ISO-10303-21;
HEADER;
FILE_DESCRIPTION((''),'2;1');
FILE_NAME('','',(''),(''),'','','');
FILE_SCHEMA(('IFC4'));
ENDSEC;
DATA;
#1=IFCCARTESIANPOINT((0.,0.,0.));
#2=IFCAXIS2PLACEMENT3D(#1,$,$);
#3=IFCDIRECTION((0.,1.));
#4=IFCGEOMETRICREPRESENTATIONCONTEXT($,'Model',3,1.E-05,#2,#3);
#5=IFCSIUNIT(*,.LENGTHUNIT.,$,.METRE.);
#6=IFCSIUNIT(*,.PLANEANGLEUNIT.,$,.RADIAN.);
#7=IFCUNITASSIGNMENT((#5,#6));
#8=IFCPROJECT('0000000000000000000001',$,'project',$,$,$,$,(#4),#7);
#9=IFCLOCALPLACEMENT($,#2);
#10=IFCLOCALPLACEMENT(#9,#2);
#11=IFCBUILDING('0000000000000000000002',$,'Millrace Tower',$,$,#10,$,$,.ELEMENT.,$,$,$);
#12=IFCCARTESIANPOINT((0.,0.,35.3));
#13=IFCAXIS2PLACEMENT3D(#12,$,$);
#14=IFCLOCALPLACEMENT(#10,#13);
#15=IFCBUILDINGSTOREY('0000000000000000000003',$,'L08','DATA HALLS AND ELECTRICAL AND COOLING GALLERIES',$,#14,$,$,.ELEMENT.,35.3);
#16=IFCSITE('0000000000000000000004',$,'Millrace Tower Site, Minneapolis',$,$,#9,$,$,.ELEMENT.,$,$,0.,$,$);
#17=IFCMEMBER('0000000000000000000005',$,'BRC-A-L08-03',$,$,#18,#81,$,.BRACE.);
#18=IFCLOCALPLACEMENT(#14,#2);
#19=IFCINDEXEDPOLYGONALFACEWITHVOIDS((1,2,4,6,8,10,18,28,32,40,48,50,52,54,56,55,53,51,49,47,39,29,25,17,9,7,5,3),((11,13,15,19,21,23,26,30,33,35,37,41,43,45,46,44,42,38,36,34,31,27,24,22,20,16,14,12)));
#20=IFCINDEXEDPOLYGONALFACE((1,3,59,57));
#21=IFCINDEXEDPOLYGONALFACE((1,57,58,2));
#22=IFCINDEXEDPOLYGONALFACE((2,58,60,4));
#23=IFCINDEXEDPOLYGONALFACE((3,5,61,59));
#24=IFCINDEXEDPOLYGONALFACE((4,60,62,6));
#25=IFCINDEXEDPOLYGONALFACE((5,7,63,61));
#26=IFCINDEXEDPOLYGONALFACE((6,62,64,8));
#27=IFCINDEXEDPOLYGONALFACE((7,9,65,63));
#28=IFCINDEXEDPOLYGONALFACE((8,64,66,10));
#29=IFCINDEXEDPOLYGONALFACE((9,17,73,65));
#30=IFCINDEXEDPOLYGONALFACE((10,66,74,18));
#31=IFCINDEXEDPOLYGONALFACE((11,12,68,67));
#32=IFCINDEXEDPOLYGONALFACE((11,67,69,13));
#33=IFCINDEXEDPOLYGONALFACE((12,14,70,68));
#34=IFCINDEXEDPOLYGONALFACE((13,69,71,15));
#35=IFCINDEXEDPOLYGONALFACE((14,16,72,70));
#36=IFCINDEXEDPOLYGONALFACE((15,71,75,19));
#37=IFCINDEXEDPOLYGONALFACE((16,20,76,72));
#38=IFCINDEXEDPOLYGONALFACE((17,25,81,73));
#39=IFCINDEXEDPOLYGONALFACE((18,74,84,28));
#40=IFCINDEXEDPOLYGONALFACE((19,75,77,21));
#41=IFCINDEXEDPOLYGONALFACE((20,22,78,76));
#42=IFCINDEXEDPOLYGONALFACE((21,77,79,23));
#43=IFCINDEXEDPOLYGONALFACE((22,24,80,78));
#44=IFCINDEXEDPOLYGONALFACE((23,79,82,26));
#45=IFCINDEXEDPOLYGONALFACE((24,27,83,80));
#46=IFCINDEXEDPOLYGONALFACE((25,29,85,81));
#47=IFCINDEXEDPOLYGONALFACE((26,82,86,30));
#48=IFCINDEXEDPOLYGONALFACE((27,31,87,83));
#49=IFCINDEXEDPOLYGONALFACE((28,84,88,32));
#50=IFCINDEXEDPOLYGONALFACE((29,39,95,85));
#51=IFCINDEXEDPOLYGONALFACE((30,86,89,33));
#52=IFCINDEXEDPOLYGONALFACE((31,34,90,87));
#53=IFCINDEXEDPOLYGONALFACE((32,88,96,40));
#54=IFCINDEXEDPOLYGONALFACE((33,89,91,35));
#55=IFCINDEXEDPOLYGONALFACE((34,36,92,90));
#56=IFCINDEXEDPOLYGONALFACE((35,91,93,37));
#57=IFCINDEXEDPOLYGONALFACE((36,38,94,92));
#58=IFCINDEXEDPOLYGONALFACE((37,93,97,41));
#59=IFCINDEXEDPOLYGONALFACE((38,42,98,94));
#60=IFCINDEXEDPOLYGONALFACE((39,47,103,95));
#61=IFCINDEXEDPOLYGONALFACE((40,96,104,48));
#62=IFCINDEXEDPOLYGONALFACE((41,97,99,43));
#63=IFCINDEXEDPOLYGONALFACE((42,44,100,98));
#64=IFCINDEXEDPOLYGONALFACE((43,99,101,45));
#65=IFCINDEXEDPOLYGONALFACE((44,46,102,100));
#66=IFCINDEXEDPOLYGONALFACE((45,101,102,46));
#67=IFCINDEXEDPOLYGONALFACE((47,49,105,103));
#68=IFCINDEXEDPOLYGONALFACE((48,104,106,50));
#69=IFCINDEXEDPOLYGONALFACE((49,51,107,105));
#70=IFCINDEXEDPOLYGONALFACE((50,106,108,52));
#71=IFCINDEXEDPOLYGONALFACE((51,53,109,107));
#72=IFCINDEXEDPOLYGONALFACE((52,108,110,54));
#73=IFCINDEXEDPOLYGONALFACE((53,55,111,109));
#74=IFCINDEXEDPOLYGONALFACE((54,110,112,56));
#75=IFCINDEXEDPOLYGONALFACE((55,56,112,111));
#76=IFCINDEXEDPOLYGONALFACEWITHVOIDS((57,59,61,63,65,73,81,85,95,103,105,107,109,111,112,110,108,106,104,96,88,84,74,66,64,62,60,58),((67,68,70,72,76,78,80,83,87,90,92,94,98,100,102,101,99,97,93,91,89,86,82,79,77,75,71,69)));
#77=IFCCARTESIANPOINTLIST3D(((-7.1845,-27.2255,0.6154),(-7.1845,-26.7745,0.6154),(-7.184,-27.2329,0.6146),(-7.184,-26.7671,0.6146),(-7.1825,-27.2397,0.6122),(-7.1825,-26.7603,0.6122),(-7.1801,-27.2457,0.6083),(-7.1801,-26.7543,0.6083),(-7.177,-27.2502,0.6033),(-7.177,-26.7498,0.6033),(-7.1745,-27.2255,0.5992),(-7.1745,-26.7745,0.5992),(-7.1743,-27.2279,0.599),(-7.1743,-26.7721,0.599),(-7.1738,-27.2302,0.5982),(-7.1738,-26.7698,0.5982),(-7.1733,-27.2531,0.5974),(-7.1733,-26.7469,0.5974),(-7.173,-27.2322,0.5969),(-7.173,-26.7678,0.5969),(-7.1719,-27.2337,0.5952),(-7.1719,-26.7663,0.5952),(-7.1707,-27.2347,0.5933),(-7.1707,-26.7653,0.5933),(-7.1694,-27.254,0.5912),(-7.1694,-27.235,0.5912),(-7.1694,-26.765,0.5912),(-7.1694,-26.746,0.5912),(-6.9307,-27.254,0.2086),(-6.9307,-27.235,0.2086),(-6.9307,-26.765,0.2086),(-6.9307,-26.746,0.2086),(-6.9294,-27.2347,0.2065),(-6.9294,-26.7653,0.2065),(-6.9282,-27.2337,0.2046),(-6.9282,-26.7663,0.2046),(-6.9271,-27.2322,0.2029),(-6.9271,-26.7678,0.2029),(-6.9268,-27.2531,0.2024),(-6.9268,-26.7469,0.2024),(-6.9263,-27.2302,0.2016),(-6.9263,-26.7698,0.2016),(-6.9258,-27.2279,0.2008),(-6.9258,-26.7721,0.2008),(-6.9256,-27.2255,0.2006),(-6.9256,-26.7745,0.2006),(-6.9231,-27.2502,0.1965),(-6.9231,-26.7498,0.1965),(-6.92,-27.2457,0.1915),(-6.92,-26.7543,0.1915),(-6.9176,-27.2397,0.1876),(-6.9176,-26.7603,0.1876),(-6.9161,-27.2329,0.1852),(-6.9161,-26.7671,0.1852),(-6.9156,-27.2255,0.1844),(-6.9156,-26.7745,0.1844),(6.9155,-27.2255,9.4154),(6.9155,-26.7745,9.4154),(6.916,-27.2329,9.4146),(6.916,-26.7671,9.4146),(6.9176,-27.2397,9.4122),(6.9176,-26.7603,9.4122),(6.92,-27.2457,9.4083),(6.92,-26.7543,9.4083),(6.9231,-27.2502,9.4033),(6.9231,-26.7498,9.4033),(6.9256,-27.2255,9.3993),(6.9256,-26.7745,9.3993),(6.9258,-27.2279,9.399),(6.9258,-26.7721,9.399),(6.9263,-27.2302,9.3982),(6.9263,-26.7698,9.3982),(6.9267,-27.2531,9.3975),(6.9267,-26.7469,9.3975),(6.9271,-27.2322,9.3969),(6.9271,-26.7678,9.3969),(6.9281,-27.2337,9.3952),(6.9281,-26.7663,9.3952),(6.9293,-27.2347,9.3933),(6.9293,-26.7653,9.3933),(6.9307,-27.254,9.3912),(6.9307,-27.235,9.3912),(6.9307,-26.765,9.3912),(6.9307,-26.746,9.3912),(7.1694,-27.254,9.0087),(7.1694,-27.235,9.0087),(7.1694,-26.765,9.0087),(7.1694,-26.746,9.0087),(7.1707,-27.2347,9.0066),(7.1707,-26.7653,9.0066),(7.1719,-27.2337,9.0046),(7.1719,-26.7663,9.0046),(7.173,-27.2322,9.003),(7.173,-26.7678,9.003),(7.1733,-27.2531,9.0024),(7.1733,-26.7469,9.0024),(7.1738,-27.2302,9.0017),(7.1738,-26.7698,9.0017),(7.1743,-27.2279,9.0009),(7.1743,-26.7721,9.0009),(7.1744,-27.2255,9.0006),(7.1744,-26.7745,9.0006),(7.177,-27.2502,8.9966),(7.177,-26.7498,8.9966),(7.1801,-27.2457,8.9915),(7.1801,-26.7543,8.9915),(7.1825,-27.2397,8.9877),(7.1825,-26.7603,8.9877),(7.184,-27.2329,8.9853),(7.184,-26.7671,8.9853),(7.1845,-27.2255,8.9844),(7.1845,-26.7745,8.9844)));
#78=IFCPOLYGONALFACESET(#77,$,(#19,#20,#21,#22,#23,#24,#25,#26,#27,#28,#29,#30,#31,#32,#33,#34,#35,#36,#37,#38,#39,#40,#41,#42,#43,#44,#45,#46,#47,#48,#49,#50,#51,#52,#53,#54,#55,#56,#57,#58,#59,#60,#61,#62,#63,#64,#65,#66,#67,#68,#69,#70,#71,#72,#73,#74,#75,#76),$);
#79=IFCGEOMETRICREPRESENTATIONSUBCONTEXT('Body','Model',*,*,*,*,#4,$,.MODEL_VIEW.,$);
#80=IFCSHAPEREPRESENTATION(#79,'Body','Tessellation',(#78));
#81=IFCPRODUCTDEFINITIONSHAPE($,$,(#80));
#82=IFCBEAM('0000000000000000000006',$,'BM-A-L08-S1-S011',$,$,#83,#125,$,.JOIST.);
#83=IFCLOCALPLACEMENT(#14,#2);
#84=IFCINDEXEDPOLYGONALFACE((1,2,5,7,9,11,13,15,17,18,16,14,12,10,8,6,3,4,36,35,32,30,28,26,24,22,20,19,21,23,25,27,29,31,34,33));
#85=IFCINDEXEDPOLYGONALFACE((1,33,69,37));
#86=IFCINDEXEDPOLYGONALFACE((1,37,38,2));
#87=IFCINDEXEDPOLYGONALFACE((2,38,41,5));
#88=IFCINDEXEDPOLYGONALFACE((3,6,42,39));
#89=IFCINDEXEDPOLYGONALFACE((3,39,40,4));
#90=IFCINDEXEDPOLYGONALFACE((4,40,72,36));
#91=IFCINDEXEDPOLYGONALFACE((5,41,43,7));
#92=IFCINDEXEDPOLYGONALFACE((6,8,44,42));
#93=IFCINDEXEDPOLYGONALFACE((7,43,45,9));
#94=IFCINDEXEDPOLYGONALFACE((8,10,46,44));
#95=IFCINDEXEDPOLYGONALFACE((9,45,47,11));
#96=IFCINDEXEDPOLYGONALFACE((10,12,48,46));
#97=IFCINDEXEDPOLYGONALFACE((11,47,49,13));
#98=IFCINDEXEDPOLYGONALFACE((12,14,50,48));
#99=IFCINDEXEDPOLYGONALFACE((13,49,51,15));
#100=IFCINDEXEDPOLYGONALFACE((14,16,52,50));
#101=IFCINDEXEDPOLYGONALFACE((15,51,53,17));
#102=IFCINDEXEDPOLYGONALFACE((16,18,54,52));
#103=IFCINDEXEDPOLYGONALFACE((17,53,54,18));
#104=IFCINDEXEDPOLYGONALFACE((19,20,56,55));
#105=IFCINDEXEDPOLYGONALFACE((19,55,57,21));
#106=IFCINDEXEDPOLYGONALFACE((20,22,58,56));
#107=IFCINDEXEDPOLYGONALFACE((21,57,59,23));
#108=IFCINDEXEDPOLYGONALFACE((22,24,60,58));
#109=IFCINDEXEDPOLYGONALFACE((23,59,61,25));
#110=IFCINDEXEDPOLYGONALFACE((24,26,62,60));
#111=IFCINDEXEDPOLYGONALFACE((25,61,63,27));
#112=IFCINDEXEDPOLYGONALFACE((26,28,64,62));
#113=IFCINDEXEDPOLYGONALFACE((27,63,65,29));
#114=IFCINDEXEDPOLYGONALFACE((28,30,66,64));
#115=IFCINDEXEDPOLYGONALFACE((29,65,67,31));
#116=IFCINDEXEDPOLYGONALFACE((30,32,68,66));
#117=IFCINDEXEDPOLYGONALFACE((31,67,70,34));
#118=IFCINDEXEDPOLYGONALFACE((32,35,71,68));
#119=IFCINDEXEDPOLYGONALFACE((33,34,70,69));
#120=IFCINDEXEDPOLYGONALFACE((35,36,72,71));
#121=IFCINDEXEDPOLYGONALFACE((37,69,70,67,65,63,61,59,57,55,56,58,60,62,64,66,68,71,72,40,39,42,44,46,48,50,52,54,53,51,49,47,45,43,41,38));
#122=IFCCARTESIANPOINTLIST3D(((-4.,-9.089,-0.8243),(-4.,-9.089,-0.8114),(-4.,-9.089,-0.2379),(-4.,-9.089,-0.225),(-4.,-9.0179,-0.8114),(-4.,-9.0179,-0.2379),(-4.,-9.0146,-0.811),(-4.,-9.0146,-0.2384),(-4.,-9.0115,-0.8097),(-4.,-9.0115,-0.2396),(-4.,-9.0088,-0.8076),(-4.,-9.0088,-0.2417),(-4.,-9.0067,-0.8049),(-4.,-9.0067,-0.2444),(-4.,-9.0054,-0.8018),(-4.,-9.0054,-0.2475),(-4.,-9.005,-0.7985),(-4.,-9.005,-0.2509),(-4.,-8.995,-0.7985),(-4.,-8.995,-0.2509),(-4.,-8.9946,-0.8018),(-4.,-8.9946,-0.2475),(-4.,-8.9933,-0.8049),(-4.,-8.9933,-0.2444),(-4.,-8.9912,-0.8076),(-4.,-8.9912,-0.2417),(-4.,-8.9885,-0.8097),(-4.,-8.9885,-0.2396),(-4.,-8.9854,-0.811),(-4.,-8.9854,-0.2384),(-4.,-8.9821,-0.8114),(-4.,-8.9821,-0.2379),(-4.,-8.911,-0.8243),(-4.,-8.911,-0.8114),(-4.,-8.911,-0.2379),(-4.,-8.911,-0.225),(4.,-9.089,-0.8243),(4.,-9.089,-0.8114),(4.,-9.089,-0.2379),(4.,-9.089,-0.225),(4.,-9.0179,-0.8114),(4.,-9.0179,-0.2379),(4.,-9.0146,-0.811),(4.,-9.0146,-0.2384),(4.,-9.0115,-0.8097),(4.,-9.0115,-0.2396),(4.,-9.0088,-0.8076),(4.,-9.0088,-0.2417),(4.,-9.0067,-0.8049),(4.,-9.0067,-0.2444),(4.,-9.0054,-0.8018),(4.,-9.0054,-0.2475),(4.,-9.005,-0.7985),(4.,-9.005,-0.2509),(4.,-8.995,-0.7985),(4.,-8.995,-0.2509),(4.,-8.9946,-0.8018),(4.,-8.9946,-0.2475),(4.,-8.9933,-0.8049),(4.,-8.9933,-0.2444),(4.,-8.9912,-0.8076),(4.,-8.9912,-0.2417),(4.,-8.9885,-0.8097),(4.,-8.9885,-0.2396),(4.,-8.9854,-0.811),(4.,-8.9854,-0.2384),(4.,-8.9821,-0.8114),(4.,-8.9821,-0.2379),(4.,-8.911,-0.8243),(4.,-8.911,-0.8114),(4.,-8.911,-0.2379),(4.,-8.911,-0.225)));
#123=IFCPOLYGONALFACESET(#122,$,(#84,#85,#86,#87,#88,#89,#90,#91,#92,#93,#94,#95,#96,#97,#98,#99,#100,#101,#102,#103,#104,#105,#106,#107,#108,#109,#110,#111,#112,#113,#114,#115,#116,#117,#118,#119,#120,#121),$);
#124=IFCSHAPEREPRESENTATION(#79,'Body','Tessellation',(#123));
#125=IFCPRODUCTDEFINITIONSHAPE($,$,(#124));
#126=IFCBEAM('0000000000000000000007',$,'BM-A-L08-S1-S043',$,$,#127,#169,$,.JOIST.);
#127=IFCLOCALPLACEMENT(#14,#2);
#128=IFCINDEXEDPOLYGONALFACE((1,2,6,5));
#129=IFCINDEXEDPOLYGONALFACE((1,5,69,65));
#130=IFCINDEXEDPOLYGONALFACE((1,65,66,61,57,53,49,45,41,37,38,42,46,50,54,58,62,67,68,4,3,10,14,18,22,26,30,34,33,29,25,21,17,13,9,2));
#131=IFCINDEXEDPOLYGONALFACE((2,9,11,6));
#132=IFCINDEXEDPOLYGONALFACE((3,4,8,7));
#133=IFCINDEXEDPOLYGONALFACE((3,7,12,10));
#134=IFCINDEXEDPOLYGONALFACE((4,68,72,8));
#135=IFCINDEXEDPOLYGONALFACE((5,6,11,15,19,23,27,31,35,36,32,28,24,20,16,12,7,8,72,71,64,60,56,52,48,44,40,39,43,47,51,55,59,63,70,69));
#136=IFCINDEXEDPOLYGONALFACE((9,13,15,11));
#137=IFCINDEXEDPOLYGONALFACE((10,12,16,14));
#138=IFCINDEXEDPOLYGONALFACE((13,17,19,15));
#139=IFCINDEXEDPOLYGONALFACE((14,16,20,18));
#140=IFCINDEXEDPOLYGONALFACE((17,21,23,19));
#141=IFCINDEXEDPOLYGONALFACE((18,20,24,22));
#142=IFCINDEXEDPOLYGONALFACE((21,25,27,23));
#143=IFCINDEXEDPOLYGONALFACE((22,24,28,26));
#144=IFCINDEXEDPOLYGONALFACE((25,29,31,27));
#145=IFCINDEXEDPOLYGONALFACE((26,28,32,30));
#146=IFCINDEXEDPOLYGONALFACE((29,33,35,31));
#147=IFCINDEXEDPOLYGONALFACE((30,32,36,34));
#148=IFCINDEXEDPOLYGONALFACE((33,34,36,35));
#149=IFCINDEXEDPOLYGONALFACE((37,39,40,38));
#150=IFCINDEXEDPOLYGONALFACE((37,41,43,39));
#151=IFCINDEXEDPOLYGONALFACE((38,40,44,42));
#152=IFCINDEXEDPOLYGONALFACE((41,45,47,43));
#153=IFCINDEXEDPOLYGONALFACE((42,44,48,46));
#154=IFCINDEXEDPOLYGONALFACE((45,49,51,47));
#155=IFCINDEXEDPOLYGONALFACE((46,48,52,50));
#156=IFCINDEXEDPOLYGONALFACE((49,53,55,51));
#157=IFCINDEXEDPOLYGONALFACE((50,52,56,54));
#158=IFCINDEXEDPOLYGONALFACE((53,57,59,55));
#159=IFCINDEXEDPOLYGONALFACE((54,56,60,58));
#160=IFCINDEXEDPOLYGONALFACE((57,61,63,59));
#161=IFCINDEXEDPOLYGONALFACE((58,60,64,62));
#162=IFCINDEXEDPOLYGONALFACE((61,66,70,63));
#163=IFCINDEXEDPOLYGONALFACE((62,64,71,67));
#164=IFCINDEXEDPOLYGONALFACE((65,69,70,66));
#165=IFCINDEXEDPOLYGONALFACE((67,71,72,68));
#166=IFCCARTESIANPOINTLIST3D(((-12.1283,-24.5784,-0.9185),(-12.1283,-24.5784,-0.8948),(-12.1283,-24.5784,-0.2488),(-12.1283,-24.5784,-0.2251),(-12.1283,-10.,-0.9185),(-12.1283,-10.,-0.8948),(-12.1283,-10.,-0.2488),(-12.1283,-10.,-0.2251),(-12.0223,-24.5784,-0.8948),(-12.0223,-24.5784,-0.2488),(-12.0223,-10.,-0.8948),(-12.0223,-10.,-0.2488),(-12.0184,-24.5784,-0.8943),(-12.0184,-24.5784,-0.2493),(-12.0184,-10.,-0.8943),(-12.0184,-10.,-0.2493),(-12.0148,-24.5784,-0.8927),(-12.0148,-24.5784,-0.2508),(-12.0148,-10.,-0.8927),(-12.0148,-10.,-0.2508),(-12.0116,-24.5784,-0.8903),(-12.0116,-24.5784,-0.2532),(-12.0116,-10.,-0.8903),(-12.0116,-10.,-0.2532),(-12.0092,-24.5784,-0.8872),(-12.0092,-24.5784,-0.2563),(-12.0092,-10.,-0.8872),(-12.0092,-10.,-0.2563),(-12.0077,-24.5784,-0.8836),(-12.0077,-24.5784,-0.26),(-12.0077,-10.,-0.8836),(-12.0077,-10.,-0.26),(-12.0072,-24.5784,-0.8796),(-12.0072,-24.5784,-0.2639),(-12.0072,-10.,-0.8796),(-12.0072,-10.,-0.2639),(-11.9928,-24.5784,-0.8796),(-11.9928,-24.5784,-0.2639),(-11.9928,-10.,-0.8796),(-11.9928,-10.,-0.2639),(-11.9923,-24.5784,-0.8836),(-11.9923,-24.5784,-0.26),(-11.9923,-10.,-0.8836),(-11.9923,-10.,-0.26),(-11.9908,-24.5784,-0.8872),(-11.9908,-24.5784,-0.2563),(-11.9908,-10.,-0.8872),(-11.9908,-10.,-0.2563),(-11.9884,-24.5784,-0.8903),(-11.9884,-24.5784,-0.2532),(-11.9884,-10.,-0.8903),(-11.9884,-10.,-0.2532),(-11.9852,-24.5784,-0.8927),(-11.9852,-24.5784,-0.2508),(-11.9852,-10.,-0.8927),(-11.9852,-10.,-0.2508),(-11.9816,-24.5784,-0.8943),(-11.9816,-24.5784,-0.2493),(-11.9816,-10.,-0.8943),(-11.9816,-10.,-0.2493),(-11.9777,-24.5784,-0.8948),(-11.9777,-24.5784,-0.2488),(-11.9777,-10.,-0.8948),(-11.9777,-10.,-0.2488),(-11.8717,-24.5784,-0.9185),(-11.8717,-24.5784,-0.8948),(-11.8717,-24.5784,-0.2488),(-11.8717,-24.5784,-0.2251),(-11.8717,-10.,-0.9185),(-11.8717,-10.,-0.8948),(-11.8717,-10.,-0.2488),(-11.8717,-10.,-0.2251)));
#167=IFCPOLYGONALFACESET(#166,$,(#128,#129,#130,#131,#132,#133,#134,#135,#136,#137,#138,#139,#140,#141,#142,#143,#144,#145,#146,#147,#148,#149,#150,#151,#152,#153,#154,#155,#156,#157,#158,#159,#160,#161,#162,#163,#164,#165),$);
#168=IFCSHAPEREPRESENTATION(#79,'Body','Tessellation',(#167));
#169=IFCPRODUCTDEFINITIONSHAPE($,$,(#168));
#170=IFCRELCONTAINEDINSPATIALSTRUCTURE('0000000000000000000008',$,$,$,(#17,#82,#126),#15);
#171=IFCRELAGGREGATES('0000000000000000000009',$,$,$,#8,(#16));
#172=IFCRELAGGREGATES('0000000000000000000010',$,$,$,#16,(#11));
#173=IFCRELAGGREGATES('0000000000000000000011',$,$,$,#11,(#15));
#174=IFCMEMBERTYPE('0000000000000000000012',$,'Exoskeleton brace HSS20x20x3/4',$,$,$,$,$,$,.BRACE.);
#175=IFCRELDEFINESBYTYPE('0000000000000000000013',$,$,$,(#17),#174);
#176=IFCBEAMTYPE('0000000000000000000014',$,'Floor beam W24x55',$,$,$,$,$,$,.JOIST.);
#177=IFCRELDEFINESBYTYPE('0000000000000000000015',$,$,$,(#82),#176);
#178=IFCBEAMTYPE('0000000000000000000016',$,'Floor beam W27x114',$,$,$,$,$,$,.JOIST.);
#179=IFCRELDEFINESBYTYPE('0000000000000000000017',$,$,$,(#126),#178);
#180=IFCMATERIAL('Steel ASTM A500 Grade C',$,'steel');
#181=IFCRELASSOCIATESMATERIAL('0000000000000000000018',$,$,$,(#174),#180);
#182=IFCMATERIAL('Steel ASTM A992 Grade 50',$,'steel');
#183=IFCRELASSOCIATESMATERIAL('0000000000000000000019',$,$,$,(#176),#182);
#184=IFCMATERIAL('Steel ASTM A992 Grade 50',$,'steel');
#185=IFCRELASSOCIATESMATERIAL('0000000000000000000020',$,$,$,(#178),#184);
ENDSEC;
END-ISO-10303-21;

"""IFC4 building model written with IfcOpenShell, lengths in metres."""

from ifc_helpers import new_model, si_unit, direction, frame, origin, origin_2d, place, context, subcontext, project, spatial, hollow_rectangle, i_section, extrude, material, material_profile, profile_set, type_object, element, save


model = new_model("IFC4")

# Units and contexts
model_context = context("Model", 3, precision=1e-05, world=origin(), true_north=direction((0.0, 1.0)))
body_context = subcontext(model_context, "Body", "Model", "MODEL_VIEW")
ifc_project = project(units=[si_unit("LENGTHUNIT", "METRE"), si_unit("PLANEANGLEUNIT", "RADIAN")], contexts=[model_context])

# Site, building, storey
site_placement = place(None, origin())
site = spatial("IfcSite", under=ifc_project, at=site_placement, Name="Millrace Tower Site, Minneapolis", CompositionType="ELEMENT", RefElevation=0.0)
building_placement = place(site_placement, origin())
building = spatial("IfcBuilding", under=site, at=building_placement, Name="Millrace Tower", CompositionType="ELEMENT")
storey_placement = place(building_placement, frame((0.0, 0.0, 35.3)))
storey = spatial("IfcBuildingStorey", under=building, at=storey_placement, Name="L08", Description="DATA HALLS AND ELECTRICAL AND COOLING GALLERIES", CompositionType="ELEMENT", Elevation=35.3)

# Member
ifc_material_1 = material(Name="Steel ASTM A500 Grade C", Category="steel")
ifc_material_profile_1 = material_profile(ifc_material_1, hollow_rectangle(XDim=0.5081, YDim=0.5081, WallThickness=0.019, InnerFilletRadius=0.0095, OuterFilletRadius=0.0286, at=origin_2d()))
ifc_profile_set_1 = profile_set([ifc_material_profile_1], Name="Steel ASTM A500 Grade C")
member_type_1 = type_object("IfcMemberType", Name="Exoskeleton brace HSS20x20x3/4", PredefinedType="BRACE", material=ifc_profile_set_1)
member_1_placement = place(storey_placement, frame((-7.05, -27.0, 0.3999), z_axis=(0.848336, 0.0, 0.529457), x_axis=(0.0, 1.0, 0.0)))
element("IfcMember", 1, at=member_1_placement, inside=storey, type_object=member_type_1, Name="BRC-A-L08-03", PredefinedType="BRACE", context=body_context, shape_type="SweptSolid", body=[
    extrude(hollow_rectangle(XDim=0.5081, YDim=0.5081, WallThickness=0.019, InnerFilletRadius=0.0095, OuterFilletRadius=0.0286, at=origin_2d()), origin(), (0.0, 0.0, 1.0), 16.6208),
])

# Beams
ifc_material_2 = material(Name="Steel ASTM A992 Grade 50", Category="steel")
ifc_material_profile_2 = material_profile(ifc_material_2, i_section(OverallWidth=0.178, OverallDepth=0.5994, WebThickness=0.01, FlangeThickness=0.0129, FilletRadius=0.0129, at=origin_2d()))
ifc_profile_set_2 = profile_set([ifc_material_profile_2], Name="Steel ASTM A992 Grade 50")
beam_type_1 = type_object("IfcBeamType", Name="Floor beam W24x55", PredefinedType="JOIST", material=ifc_profile_set_2)
beam_1_placement = place(storey_placement, frame((-4.0, -9.0, -0.5247), z_axis=(1.0, 0.0, 0.0), x_axis=(0.0, 1.0, 0.0)))
element("IfcBeam", 2, at=beam_1_placement, inside=storey, type_object=beam_type_1, Name="BM-A-L08-S1-S011", PredefinedType="JOIST", context=body_context, shape_type="SweptSolid", body=[
    extrude(i_section(OverallWidth=0.178, OverallDepth=0.5994, WebThickness=0.01, FlangeThickness=0.0129, FilletRadius=0.0129, at=origin_2d()), origin(), (0.0, 0.0, 1.0), 8.0),
])
ifc_material_3 = material(Name="Steel ASTM A992 Grade 50", Category="steel")
ifc_material_profile_3 = material_profile(ifc_material_3, i_section(OverallWidth=0.2566, OverallDepth=0.6934, WebThickness=0.0144, FlangeThickness=0.0237, FilletRadius=0.0151, at=origin_2d()))
ifc_profile_set_3 = profile_set([ifc_material_profile_3], Name="Steel ASTM A992 Grade 50")
beam_type_2 = type_object("IfcBeamType", Name="Floor beam W27x114", PredefinedType="JOIST", material=ifc_profile_set_3)
for number, where, z_axis, x_axis, name in (
    (3, (-12.0, -24.5784, -0.5718), (0.0, 1.0, 0.0), (-1.0, 0.0, 0.0), "BM-A-L08-S1-S043"),
):
    element("IfcBeam", number, at=place(storey_placement, frame(where, z_axis=z_axis, x_axis=x_axis)), inside=storey, type_object=beam_type_2, Name=name, PredefinedType="JOIST", context=body_context, shape_type="SweptSolid", body=[
        extrude(i_section(OverallWidth=0.2566, OverallDepth=0.6934, WebThickness=0.0144, FlangeThickness=0.0237, FilletRadius=0.0151, at=origin_2d()), origin(), (0.0, 0.0, 1.0), 14.5784),
    ])

save(model, "model.ifc")
